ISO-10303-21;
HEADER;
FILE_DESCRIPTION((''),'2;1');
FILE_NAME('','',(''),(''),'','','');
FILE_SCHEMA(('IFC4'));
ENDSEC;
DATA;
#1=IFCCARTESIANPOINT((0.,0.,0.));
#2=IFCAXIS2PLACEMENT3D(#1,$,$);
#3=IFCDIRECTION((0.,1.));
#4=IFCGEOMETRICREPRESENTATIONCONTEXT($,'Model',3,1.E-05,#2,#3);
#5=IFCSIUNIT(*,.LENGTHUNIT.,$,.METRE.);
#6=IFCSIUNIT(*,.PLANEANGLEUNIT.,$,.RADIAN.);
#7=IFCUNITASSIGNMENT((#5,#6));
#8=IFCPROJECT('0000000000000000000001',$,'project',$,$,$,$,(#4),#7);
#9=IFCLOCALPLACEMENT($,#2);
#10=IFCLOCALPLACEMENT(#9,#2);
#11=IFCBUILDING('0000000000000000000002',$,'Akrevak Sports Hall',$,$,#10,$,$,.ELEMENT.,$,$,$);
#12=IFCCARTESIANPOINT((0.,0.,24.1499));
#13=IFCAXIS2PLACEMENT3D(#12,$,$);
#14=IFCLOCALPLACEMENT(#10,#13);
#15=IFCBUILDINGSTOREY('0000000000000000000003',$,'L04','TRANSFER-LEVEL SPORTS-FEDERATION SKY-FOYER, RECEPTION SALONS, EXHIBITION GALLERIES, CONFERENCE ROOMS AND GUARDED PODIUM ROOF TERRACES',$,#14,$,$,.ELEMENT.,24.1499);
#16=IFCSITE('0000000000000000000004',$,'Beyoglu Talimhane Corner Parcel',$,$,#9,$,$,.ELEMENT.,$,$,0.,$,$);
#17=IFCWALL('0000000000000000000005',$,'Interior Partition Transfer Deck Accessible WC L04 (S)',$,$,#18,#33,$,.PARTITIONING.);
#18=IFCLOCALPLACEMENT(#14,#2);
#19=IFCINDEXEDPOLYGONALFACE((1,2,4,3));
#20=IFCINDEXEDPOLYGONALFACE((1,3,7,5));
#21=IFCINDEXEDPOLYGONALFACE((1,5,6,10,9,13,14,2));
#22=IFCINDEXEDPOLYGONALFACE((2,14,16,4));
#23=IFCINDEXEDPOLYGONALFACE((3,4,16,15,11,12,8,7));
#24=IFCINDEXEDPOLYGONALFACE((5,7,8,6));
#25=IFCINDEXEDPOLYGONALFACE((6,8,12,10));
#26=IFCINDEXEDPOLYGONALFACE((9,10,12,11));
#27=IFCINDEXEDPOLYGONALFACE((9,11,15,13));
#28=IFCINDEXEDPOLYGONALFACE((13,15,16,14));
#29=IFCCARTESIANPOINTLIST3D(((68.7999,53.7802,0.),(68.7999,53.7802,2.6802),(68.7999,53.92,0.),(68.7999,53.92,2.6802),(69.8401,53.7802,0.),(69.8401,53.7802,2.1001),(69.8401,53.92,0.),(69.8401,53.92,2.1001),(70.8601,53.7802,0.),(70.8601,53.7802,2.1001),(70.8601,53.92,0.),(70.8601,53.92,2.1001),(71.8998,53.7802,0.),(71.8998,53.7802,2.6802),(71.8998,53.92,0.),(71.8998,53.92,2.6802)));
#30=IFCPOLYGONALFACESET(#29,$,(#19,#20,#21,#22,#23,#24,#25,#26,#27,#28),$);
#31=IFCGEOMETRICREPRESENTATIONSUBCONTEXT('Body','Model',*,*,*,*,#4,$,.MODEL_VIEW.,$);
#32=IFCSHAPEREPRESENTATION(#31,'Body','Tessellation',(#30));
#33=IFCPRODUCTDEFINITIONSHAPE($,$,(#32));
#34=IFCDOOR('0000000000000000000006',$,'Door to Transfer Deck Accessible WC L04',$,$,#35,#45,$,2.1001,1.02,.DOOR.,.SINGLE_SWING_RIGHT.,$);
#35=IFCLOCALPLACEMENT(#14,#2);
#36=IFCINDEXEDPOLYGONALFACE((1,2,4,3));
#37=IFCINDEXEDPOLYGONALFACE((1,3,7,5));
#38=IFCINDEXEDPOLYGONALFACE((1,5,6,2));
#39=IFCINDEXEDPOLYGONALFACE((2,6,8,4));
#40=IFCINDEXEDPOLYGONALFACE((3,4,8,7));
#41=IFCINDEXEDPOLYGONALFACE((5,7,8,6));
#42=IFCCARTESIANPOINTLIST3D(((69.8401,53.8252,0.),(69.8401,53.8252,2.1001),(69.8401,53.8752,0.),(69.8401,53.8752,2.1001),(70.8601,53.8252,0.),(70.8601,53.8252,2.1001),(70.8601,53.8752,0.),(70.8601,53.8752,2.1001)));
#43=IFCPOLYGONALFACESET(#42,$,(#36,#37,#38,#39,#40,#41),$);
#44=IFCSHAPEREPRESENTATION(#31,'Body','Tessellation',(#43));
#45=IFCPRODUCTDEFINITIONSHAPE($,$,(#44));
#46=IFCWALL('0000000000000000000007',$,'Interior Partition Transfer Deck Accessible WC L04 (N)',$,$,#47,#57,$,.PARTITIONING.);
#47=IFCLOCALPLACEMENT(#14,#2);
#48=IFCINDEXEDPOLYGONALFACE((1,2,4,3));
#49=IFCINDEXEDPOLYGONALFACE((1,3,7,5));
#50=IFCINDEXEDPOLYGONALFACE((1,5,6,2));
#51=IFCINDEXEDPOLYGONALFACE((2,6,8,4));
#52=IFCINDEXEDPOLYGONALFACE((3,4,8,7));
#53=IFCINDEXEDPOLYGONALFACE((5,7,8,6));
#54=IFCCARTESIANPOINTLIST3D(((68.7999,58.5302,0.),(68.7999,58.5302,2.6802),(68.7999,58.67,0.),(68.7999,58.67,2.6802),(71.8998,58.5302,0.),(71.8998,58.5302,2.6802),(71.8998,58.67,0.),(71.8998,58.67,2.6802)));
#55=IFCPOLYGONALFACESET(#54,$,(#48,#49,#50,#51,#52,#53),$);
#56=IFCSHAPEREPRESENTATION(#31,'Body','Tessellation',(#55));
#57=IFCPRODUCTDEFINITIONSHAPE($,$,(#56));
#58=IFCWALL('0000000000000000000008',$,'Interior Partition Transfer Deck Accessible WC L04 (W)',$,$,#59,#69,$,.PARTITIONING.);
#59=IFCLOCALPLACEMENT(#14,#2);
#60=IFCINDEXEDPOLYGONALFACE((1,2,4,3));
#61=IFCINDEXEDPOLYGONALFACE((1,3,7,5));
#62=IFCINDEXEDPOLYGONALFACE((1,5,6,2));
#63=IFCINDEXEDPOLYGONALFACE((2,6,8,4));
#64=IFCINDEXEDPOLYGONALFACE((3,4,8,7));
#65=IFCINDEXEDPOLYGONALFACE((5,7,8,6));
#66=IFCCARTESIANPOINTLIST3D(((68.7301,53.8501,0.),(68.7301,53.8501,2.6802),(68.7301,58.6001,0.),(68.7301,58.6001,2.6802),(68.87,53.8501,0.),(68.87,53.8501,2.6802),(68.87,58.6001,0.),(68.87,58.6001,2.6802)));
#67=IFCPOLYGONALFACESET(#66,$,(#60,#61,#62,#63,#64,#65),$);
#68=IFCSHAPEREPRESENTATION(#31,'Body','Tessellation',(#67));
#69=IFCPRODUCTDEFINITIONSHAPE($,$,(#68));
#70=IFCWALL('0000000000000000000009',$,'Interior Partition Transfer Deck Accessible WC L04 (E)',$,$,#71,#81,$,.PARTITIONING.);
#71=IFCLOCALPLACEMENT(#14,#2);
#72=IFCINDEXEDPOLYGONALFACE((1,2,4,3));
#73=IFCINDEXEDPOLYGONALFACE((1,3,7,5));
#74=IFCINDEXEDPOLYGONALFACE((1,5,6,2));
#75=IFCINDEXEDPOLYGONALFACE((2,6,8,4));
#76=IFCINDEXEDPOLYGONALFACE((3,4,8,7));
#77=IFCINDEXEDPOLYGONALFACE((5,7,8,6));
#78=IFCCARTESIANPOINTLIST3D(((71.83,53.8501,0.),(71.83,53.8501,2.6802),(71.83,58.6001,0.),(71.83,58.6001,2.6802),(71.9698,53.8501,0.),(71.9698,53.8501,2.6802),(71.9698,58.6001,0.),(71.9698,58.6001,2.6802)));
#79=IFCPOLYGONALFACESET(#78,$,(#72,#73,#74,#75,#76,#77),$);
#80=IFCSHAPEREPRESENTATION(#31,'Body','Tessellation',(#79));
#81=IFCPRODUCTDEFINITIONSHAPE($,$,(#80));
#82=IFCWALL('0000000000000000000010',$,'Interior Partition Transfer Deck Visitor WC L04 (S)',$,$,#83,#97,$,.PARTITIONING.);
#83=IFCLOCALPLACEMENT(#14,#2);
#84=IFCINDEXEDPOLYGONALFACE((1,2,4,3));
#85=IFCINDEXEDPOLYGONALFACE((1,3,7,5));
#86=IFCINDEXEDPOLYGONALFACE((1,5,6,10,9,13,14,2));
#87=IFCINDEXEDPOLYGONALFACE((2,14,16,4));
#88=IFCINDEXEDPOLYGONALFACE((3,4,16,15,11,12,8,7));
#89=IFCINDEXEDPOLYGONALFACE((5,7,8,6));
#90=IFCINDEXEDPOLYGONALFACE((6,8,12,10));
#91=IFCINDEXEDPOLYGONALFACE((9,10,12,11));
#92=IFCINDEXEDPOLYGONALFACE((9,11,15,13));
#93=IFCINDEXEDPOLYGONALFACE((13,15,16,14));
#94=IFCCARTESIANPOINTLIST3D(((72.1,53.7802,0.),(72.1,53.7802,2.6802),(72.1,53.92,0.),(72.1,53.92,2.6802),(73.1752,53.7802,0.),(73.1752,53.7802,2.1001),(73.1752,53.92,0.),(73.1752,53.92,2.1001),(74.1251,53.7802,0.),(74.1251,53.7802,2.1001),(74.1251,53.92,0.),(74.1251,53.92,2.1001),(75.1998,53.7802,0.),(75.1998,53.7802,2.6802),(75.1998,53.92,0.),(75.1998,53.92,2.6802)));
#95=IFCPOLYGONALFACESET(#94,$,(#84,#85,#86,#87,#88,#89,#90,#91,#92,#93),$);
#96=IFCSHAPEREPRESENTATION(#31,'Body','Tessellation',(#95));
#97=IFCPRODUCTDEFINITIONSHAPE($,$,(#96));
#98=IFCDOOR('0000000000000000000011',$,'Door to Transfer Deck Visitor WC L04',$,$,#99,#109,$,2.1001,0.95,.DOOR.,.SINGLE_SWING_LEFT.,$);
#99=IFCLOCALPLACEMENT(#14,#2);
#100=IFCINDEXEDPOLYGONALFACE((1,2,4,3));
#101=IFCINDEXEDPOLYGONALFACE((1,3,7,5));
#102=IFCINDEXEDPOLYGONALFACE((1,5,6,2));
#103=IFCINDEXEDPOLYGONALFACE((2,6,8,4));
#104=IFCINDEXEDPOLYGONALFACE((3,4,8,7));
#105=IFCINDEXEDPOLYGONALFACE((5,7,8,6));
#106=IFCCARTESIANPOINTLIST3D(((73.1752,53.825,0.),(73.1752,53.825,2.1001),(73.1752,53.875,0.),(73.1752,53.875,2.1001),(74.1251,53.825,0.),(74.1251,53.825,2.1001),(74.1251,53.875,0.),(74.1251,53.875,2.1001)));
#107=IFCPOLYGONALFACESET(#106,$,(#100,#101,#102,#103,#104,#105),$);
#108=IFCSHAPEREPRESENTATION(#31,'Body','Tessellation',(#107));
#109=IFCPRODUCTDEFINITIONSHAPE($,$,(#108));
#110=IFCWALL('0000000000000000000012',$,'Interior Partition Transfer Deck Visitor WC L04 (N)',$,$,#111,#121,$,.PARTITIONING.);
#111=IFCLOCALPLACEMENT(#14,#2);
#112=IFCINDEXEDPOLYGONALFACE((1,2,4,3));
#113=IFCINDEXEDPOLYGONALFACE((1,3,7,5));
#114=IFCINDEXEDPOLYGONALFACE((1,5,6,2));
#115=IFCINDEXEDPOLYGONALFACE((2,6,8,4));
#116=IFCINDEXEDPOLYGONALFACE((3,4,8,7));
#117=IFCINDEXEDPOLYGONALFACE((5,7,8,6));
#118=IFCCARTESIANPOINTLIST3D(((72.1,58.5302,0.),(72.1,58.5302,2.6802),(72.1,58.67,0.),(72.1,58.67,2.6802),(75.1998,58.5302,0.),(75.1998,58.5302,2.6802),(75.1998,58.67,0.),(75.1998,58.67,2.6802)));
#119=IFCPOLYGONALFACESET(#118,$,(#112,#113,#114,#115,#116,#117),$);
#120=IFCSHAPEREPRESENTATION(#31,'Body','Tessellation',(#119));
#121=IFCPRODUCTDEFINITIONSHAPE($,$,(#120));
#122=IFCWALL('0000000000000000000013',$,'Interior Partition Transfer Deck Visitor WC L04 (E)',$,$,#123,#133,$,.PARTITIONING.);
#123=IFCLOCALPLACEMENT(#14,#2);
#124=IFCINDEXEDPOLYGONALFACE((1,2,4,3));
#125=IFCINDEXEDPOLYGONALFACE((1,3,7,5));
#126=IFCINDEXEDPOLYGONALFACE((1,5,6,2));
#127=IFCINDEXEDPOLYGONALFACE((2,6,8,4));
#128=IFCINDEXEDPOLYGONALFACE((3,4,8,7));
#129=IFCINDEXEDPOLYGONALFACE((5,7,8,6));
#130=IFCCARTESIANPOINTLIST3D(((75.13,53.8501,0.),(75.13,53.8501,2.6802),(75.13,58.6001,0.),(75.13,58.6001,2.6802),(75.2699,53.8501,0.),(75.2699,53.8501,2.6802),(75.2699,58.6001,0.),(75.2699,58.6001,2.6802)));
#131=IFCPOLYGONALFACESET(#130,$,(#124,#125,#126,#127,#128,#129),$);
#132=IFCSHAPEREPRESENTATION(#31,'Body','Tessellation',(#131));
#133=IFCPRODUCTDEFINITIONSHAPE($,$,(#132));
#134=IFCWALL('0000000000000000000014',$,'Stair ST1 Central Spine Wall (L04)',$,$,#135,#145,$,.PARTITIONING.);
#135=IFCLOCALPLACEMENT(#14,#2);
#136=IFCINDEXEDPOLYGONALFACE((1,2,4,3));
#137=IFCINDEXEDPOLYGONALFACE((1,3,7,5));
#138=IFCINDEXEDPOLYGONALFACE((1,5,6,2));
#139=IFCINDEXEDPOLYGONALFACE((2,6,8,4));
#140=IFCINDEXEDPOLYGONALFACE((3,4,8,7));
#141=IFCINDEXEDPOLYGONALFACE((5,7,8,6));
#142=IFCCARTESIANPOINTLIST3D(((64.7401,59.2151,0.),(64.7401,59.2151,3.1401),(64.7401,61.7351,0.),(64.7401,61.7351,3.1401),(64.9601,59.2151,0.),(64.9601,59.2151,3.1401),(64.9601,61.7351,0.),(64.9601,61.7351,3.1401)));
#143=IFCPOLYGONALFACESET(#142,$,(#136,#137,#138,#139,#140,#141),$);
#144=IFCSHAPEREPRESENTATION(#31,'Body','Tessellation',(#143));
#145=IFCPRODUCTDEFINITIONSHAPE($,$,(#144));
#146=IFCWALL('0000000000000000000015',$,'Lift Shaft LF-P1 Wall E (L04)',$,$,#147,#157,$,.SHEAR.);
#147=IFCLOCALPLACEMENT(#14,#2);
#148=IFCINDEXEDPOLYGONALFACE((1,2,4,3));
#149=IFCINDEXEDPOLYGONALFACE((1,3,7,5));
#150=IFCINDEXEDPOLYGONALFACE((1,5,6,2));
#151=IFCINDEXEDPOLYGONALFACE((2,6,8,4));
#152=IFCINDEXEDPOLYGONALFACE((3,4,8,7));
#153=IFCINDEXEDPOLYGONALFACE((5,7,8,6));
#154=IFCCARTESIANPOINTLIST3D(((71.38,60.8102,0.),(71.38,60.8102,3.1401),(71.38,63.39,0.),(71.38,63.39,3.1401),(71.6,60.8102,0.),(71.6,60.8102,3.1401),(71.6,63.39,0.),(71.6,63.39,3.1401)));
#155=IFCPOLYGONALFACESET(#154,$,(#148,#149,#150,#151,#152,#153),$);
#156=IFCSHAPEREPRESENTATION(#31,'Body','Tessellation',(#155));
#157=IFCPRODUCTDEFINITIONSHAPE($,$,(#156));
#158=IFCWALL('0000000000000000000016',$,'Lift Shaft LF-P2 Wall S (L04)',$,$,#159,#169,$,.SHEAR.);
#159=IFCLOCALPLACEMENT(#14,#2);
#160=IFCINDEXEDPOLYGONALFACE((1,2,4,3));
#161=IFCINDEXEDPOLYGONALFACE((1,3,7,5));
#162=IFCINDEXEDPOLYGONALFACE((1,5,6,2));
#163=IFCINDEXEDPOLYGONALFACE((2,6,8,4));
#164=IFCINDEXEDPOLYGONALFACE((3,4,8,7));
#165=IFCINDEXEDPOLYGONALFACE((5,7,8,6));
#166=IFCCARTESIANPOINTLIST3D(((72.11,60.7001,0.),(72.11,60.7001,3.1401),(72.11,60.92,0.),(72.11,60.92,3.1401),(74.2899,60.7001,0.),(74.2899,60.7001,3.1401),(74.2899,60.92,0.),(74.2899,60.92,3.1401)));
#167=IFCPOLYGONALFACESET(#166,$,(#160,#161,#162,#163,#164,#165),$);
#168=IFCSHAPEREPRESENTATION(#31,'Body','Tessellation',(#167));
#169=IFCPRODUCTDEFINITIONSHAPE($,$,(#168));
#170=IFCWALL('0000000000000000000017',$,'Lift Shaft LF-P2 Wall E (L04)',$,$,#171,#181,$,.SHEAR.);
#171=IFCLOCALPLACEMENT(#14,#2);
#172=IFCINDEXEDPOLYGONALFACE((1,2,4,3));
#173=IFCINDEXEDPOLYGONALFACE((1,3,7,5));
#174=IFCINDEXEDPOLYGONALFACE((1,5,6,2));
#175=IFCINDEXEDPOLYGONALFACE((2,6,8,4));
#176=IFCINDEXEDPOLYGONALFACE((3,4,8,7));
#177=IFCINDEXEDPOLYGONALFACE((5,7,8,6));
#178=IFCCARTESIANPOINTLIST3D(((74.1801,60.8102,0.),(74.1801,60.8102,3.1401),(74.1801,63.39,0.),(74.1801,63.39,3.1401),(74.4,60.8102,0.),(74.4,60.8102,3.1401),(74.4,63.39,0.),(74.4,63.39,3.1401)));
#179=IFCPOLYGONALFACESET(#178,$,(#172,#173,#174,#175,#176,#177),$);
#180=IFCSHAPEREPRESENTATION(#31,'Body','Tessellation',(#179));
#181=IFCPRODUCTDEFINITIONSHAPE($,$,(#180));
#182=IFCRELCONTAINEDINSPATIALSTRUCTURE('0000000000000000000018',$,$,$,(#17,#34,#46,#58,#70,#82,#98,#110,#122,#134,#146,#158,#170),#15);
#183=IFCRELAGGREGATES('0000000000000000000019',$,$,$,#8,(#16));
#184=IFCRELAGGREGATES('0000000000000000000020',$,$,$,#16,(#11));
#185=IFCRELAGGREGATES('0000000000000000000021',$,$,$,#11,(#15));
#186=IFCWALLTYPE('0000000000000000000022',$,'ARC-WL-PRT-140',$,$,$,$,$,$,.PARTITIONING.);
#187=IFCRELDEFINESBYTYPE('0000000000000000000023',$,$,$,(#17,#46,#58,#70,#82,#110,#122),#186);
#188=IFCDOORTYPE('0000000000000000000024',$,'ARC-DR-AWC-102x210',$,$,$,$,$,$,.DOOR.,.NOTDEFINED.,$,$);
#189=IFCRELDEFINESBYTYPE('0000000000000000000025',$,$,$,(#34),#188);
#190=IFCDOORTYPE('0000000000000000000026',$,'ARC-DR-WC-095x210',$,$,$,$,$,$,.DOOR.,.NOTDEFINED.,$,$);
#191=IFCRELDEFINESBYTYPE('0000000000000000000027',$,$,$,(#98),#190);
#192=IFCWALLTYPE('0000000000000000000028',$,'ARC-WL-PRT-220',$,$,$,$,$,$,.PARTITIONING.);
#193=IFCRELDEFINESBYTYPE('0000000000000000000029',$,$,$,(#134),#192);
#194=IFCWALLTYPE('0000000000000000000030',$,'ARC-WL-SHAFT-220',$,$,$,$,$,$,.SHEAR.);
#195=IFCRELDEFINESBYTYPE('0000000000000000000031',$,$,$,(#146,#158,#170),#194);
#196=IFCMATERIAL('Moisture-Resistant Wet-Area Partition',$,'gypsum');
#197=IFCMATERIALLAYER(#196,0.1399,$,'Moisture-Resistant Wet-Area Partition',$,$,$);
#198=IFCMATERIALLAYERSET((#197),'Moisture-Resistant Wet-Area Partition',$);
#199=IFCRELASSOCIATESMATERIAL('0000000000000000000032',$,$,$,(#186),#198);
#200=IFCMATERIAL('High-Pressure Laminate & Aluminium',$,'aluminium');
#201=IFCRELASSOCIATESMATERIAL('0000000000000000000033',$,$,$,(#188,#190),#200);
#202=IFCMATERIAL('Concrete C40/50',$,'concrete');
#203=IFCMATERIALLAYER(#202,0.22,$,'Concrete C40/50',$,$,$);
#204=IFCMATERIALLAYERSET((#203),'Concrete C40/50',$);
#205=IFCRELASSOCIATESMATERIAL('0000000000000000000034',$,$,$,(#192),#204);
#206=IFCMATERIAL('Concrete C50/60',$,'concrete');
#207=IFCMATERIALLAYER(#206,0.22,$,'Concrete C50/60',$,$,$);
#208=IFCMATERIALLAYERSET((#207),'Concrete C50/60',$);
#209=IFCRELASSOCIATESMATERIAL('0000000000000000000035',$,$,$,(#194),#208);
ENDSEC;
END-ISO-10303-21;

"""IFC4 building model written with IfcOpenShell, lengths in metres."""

from ifc_helpers import new_model, si_unit, direction, frame, frame_2d, origin, place, context, subcontext, project, spatial, rectangle, extrude, material, layer, layer_set, type_object, element, fill, save


model = new_model("IFC4")

# Units and contexts
model_context = context("Model", 3, precision=1e-05, world=origin(), true_north=direction((0.0, 1.0)))
body_context = subcontext(model_context, "Body", "Model", "MODEL_VIEW")
ifc_project = project(units=[si_unit("LENGTHUNIT", "METRE"), si_unit("PLANEANGLEUNIT", "RADIAN")], contexts=[model_context])

# Site, building, storey
site_placement = place(None, origin())
site = spatial("IfcSite", under=ifc_project, at=site_placement, Name="Beyoglu Talimhane Corner Parcel", CompositionType="ELEMENT", RefElevation=0.0)
building_placement = place(site_placement, origin())
building = spatial("IfcBuilding", under=site, at=building_placement, Name="Akrevak Sports Hall", CompositionType="ELEMENT")
storey_placement = place(building_placement, frame((0.0, 0.0, 24.1499)))
storey = spatial("IfcBuildingStorey", under=building, at=storey_placement, Name="L04", Description="TRANSFER-LEVEL SPORTS-FEDERATION SKY-FOYER, RECEPTION SALONS, EXHIBITION GALLERIES, CONFERENCE ROOMS AND GUARDED PODIUM ROOF TERRACES", CompositionType="ELEMENT", Elevation=24.1499)

# Shared definitions
ifc_material_1 = material(Name="Concrete C50/60", Category="concrete")
ifc_material_2 = material(Name="Concrete C40/50", Category="concrete")

# Wall, opening, door
ifc_material_3 = material(Name="Moisture-Resistant Wet-Area Partition", Category="gypsum")
ifc_layer_1 = layer(ifc_material_3, 0.1399, Name="Moisture-Resistant Wet-Area Partition")
ifc_layer_set_1 = layer_set([ifc_layer_1], Name="Moisture-Resistant Wet-Area Partition")
wall_type_1 = type_object("IfcWallType", Name="ARC-WL-PRT-140", PredefinedType="PARTITIONING", material=ifc_layer_set_1)
wall_1_placement = place(storey_placement, frame((68.8, 53.8501, 0.0), z_axis=(0.0, 0.0, 1.0), x_axis=(1.0, 0.0, 0.0)))
wall_1 = element("IfcWall", 1, at=wall_1_placement, inside=storey, type_object=wall_type_1, Name="Interior Partition Transfer Deck Accessible WC L04 (S)", PredefinedType="PARTITIONING", context=body_context, shape_type="SweptSolid", body=[
    extrude(rectangle(XDim=3.0999, YDim=0.1399, at=frame_2d((1.5498, 0.0))), origin(), (0.0, 0.0, 1.0), 2.6802),
])
opening_1_placement = place(wall_1_placement, frame((1.04, 0.0, 0.0)))
opening_1 = element("IfcOpeningElement", 2, at=opening_1_placement, cuts=wall_1, PredefinedType="OPENING", context=body_context, shape_type="SweptSolid", body=[
    extrude(rectangle(XDim=1.02, YDim=2.1001, at=frame_2d((0.51, 1.05))), frame((0.0, 0.082, 0.0), z_axis=(0.0, -1.0, 0.0), x_axis=(1.0, 0.0, 0.0)), (0.0, 0.0, 1.0), 0.1638),
])
ifc_material_4 = material(Name="High-Pressure Laminate & Aluminium", Category="aluminium")
door_type_1 = type_object("IfcDoorType", Name="ARC-DR-AWC-102x210", OperationType="NOTDEFINED", PredefinedType="DOOR", material=ifc_material_4)
door_1_placement = place(opening_1_placement, frame((1.02, 0.0, 0.0), z_axis=(0.0, 0.0, 1.0), x_axis=(-1.0, 0.0, 0.0)))
door_1 = element("IfcDoor", 3, at=door_1_placement, inside=storey, type_object=door_type_1, Name="Door to Transfer Deck Accessible WC L04", OperationType="SINGLE_SWING_RIGHT", OverallHeight=2.1001, OverallWidth=1.02, PredefinedType="DOOR", context=body_context, shape_type="SweptSolid", body=[
    extrude(rectangle(XDim=1.02, YDim=2.1001, at=frame_2d((0.51, 1.05))), frame((0.0, 0.0249, 0.0), z_axis=(0.0, -1.0, 0.0), x_axis=(1.0, 0.0, 0.0)), (0.0, 0.0, 1.0), 0.05),
])
fill(opening_1, door_1)

# Walls
wall_2_placement = place(storey_placement, frame((68.8, 58.6001, 0.0), z_axis=(0.0, 0.0, 1.0), x_axis=(1.0, 0.0, 0.0)))
element("IfcWall", 4, at=wall_2_placement, inside=storey, type_object=wall_type_1, Name="Interior Partition Transfer Deck Accessible WC L04 (N)", PredefinedType="PARTITIONING", context=body_context, shape_type="SweptSolid", body=[
    extrude(rectangle(XDim=3.0999, YDim=0.1399, at=frame_2d((1.5498, 0.0))), origin(), (0.0, 0.0, 1.0), 2.6802),
])
for number, where, z_axis, x_axis, name in (
    (5, (68.8, 53.8501, 0.0), (0.0, 0.0, 1.0), (0.0, 1.0, 0.0), "Interior Partition Transfer Deck Accessible WC L04 (W)"),
    (6, (71.8999, 53.8501, 0.0), (0.0, 0.0, 1.0), (0.0, 1.0, 0.0), "Interior Partition Transfer Deck Accessible WC L04 (E)"),
):
    element("IfcWall", number, at=place(storey_placement, frame(where, z_axis=z_axis, x_axis=x_axis)), inside=storey, type_object=wall_type_1, Name=name, PredefinedType="PARTITIONING", context=body_context, shape_type="SweptSolid", body=[
        extrude(rectangle(XDim=4.75, YDim=0.1399, at=frame_2d((2.375, 0.0))), origin(), (0.0, 0.0, 1.0), 2.6802),
    ])

# Wall, opening, door
wall_3_placement = place(storey_placement, frame((72.1001, 53.8501, 0.0), z_axis=(0.0, 0.0, 1.0), x_axis=(1.0, 0.0, 0.0)))
wall_3 = element("IfcWall", 7, at=wall_3_placement, inside=storey, type_object=wall_type_1, Name="Interior Partition Transfer Deck Visitor WC L04 (S)", PredefinedType="PARTITIONING", context=body_context, shape_type="SweptSolid", body=[
    extrude(rectangle(XDim=3.0999, YDim=0.1399, at=frame_2d((1.5498, 0.0))), origin(), (0.0, 0.0, 1.0), 2.6802),
])
opening_2_placement = place(wall_3_placement, frame((1.075, 0.0, 0.0)))
opening_2 = element("IfcOpeningElement", 8, at=opening_2_placement, cuts=wall_3, PredefinedType="OPENING", context=body_context, shape_type="SweptSolid", body=[
    extrude(rectangle(XDim=0.95, YDim=2.1001, at=frame_2d((0.4751, 1.05))), frame((0.0, 0.082, 0.0), z_axis=(0.0, -1.0, 0.0), x_axis=(1.0, 0.0, 0.0)), (0.0, 0.0, 1.0), 0.1638),
])
door_type_2 = type_object("IfcDoorType", Name="ARC-DR-WC-095x210", OperationType="NOTDEFINED", PredefinedType="DOOR", material=ifc_material_4)
door_2_placement = place(opening_2_placement, origin())
door_2 = element("IfcDoor", 9, at=door_2_placement, inside=storey, type_object=door_type_2, Name="Door to Transfer Deck Visitor WC L04", OperationType="SINGLE_SWING_LEFT", OverallHeight=2.1001, OverallWidth=0.95, PredefinedType="DOOR", context=body_context, shape_type="SweptSolid", body=[
    extrude(rectangle(XDim=0.95, YDim=2.1001, at=frame_2d((0.4751, 1.05))), frame((0.0, 0.0249, 0.0), z_axis=(0.0, -1.0, 0.0), x_axis=(1.0, 0.0, 0.0)), (0.0, 0.0, 1.0), 0.05),
])
fill(opening_2, door_2)

# Walls
wall_4_placement = place(storey_placement, frame((72.1001, 58.6001, 0.0), z_axis=(0.0, 0.0, 1.0), x_axis=(1.0, 0.0, 0.0)))
element("IfcWall", 10, at=wall_4_placement, inside=storey, type_object=wall_type_1, Name="Interior Partition Transfer Deck Visitor WC L04 (N)", PredefinedType="PARTITIONING", context=body_context, shape_type="SweptSolid", body=[
    extrude(rectangle(XDim=3.0999, YDim=0.1399, at=frame_2d((1.5498, 0.0))), origin(), (0.0, 0.0, 1.0), 2.6802),
])
wall_5_placement = place(storey_placement, frame((75.2, 53.8501, 0.0), z_axis=(0.0, 0.0, 1.0), x_axis=(0.0, 1.0, 0.0)))
element("IfcWall", 11, at=wall_5_placement, inside=storey, type_object=wall_type_1, Name="Interior Partition Transfer Deck Visitor WC L04 (E)", PredefinedType="PARTITIONING", context=body_context, shape_type="SweptSolid", body=[
    extrude(rectangle(XDim=4.75, YDim=0.1399, at=frame_2d((2.375, 0.0))), origin(), (0.0, 0.0, 1.0), 2.6802),
])
ifc_layer_2 = layer(ifc_material_2, 0.22, Name="Concrete C40/50")
ifc_layer_set_2 = layer_set([ifc_layer_2], Name="Concrete C40/50")
wall_type_2 = type_object("IfcWallType", Name="ARC-WL-PRT-220", PredefinedType="PARTITIONING", material=ifc_layer_set_2)
wall_6_placement = place(storey_placement, frame((64.8501, 59.2151, 0.0), z_axis=(0.0, 0.0, 1.0), x_axis=(0.0, 1.0, 0.0)))
element("IfcWall", 12, at=wall_6_placement, inside=storey, type_object=wall_type_2, Name="Stair ST1 Central Spine Wall (L04)", PredefinedType="PARTITIONING", context=body_context, shape_type="SweptSolid", body=[
    extrude(rectangle(XDim=2.52, YDim=0.22, at=frame_2d((1.26, 0.0))), origin(), (0.0, 0.0, 1.0), 3.1401),
])
ifc_layer_3 = layer(ifc_material_1, 0.22, Name="Concrete C50/60")
ifc_layer_set_3 = layer_set([ifc_layer_3], Name="Concrete C50/60")
wall_type_3 = type_object("IfcWallType", Name="ARC-WL-SHAFT-220", PredefinedType="SHEAR", material=ifc_layer_set_3)
wall_7_placement = place(storey_placement, frame((71.49, 60.8101, 0.0), z_axis=(0.0, 0.0, 1.0), x_axis=(0.0, 1.0, 0.0)))
element("IfcWall", 13, at=wall_7_placement, inside=storey, type_object=wall_type_3, Name="Lift Shaft LF-P1 Wall E (L04)", PredefinedType="SHEAR", context=body_context, shape_type="SweptSolid", body=[
    extrude(rectangle(XDim=2.5798, YDim=0.22, at=frame_2d((1.29, 0.0))), origin(), (0.0, 0.0, 1.0), 3.1401),
])
wall_8_placement = place(storey_placement, frame((72.1101, 60.8101, 0.0), z_axis=(0.0, 0.0, 1.0), x_axis=(1.0, 0.0, 0.0)))
element("IfcWall", 14, at=wall_8_placement, inside=storey, type_object=wall_type_3, Name="Lift Shaft LF-P2 Wall S (L04)", PredefinedType="SHEAR", context=body_context, shape_type="SweptSolid", body=[
    extrude(rectangle(XDim=2.1799, YDim=0.22, at=frame_2d((1.0898, 0.0))), origin(), (0.0, 0.0, 1.0), 3.1401),
])
wall_9_placement = place(storey_placement, frame((74.29, 60.8101, 0.0), z_axis=(0.0, 0.0, 1.0), x_axis=(0.0, 1.0, 0.0)))
element("IfcWall", 15, at=wall_9_placement, inside=storey, type_object=wall_type_3, Name="Lift Shaft LF-P2 Wall E (L04)", PredefinedType="SHEAR", context=body_context, shape_type="SweptSolid", body=[
    extrude(rectangle(XDim=2.5798, YDim=0.22, at=frame_2d((1.29, 0.0))), origin(), (0.0, 0.0, 1.0), 3.1401),
])

save(model, "model.ifc")
